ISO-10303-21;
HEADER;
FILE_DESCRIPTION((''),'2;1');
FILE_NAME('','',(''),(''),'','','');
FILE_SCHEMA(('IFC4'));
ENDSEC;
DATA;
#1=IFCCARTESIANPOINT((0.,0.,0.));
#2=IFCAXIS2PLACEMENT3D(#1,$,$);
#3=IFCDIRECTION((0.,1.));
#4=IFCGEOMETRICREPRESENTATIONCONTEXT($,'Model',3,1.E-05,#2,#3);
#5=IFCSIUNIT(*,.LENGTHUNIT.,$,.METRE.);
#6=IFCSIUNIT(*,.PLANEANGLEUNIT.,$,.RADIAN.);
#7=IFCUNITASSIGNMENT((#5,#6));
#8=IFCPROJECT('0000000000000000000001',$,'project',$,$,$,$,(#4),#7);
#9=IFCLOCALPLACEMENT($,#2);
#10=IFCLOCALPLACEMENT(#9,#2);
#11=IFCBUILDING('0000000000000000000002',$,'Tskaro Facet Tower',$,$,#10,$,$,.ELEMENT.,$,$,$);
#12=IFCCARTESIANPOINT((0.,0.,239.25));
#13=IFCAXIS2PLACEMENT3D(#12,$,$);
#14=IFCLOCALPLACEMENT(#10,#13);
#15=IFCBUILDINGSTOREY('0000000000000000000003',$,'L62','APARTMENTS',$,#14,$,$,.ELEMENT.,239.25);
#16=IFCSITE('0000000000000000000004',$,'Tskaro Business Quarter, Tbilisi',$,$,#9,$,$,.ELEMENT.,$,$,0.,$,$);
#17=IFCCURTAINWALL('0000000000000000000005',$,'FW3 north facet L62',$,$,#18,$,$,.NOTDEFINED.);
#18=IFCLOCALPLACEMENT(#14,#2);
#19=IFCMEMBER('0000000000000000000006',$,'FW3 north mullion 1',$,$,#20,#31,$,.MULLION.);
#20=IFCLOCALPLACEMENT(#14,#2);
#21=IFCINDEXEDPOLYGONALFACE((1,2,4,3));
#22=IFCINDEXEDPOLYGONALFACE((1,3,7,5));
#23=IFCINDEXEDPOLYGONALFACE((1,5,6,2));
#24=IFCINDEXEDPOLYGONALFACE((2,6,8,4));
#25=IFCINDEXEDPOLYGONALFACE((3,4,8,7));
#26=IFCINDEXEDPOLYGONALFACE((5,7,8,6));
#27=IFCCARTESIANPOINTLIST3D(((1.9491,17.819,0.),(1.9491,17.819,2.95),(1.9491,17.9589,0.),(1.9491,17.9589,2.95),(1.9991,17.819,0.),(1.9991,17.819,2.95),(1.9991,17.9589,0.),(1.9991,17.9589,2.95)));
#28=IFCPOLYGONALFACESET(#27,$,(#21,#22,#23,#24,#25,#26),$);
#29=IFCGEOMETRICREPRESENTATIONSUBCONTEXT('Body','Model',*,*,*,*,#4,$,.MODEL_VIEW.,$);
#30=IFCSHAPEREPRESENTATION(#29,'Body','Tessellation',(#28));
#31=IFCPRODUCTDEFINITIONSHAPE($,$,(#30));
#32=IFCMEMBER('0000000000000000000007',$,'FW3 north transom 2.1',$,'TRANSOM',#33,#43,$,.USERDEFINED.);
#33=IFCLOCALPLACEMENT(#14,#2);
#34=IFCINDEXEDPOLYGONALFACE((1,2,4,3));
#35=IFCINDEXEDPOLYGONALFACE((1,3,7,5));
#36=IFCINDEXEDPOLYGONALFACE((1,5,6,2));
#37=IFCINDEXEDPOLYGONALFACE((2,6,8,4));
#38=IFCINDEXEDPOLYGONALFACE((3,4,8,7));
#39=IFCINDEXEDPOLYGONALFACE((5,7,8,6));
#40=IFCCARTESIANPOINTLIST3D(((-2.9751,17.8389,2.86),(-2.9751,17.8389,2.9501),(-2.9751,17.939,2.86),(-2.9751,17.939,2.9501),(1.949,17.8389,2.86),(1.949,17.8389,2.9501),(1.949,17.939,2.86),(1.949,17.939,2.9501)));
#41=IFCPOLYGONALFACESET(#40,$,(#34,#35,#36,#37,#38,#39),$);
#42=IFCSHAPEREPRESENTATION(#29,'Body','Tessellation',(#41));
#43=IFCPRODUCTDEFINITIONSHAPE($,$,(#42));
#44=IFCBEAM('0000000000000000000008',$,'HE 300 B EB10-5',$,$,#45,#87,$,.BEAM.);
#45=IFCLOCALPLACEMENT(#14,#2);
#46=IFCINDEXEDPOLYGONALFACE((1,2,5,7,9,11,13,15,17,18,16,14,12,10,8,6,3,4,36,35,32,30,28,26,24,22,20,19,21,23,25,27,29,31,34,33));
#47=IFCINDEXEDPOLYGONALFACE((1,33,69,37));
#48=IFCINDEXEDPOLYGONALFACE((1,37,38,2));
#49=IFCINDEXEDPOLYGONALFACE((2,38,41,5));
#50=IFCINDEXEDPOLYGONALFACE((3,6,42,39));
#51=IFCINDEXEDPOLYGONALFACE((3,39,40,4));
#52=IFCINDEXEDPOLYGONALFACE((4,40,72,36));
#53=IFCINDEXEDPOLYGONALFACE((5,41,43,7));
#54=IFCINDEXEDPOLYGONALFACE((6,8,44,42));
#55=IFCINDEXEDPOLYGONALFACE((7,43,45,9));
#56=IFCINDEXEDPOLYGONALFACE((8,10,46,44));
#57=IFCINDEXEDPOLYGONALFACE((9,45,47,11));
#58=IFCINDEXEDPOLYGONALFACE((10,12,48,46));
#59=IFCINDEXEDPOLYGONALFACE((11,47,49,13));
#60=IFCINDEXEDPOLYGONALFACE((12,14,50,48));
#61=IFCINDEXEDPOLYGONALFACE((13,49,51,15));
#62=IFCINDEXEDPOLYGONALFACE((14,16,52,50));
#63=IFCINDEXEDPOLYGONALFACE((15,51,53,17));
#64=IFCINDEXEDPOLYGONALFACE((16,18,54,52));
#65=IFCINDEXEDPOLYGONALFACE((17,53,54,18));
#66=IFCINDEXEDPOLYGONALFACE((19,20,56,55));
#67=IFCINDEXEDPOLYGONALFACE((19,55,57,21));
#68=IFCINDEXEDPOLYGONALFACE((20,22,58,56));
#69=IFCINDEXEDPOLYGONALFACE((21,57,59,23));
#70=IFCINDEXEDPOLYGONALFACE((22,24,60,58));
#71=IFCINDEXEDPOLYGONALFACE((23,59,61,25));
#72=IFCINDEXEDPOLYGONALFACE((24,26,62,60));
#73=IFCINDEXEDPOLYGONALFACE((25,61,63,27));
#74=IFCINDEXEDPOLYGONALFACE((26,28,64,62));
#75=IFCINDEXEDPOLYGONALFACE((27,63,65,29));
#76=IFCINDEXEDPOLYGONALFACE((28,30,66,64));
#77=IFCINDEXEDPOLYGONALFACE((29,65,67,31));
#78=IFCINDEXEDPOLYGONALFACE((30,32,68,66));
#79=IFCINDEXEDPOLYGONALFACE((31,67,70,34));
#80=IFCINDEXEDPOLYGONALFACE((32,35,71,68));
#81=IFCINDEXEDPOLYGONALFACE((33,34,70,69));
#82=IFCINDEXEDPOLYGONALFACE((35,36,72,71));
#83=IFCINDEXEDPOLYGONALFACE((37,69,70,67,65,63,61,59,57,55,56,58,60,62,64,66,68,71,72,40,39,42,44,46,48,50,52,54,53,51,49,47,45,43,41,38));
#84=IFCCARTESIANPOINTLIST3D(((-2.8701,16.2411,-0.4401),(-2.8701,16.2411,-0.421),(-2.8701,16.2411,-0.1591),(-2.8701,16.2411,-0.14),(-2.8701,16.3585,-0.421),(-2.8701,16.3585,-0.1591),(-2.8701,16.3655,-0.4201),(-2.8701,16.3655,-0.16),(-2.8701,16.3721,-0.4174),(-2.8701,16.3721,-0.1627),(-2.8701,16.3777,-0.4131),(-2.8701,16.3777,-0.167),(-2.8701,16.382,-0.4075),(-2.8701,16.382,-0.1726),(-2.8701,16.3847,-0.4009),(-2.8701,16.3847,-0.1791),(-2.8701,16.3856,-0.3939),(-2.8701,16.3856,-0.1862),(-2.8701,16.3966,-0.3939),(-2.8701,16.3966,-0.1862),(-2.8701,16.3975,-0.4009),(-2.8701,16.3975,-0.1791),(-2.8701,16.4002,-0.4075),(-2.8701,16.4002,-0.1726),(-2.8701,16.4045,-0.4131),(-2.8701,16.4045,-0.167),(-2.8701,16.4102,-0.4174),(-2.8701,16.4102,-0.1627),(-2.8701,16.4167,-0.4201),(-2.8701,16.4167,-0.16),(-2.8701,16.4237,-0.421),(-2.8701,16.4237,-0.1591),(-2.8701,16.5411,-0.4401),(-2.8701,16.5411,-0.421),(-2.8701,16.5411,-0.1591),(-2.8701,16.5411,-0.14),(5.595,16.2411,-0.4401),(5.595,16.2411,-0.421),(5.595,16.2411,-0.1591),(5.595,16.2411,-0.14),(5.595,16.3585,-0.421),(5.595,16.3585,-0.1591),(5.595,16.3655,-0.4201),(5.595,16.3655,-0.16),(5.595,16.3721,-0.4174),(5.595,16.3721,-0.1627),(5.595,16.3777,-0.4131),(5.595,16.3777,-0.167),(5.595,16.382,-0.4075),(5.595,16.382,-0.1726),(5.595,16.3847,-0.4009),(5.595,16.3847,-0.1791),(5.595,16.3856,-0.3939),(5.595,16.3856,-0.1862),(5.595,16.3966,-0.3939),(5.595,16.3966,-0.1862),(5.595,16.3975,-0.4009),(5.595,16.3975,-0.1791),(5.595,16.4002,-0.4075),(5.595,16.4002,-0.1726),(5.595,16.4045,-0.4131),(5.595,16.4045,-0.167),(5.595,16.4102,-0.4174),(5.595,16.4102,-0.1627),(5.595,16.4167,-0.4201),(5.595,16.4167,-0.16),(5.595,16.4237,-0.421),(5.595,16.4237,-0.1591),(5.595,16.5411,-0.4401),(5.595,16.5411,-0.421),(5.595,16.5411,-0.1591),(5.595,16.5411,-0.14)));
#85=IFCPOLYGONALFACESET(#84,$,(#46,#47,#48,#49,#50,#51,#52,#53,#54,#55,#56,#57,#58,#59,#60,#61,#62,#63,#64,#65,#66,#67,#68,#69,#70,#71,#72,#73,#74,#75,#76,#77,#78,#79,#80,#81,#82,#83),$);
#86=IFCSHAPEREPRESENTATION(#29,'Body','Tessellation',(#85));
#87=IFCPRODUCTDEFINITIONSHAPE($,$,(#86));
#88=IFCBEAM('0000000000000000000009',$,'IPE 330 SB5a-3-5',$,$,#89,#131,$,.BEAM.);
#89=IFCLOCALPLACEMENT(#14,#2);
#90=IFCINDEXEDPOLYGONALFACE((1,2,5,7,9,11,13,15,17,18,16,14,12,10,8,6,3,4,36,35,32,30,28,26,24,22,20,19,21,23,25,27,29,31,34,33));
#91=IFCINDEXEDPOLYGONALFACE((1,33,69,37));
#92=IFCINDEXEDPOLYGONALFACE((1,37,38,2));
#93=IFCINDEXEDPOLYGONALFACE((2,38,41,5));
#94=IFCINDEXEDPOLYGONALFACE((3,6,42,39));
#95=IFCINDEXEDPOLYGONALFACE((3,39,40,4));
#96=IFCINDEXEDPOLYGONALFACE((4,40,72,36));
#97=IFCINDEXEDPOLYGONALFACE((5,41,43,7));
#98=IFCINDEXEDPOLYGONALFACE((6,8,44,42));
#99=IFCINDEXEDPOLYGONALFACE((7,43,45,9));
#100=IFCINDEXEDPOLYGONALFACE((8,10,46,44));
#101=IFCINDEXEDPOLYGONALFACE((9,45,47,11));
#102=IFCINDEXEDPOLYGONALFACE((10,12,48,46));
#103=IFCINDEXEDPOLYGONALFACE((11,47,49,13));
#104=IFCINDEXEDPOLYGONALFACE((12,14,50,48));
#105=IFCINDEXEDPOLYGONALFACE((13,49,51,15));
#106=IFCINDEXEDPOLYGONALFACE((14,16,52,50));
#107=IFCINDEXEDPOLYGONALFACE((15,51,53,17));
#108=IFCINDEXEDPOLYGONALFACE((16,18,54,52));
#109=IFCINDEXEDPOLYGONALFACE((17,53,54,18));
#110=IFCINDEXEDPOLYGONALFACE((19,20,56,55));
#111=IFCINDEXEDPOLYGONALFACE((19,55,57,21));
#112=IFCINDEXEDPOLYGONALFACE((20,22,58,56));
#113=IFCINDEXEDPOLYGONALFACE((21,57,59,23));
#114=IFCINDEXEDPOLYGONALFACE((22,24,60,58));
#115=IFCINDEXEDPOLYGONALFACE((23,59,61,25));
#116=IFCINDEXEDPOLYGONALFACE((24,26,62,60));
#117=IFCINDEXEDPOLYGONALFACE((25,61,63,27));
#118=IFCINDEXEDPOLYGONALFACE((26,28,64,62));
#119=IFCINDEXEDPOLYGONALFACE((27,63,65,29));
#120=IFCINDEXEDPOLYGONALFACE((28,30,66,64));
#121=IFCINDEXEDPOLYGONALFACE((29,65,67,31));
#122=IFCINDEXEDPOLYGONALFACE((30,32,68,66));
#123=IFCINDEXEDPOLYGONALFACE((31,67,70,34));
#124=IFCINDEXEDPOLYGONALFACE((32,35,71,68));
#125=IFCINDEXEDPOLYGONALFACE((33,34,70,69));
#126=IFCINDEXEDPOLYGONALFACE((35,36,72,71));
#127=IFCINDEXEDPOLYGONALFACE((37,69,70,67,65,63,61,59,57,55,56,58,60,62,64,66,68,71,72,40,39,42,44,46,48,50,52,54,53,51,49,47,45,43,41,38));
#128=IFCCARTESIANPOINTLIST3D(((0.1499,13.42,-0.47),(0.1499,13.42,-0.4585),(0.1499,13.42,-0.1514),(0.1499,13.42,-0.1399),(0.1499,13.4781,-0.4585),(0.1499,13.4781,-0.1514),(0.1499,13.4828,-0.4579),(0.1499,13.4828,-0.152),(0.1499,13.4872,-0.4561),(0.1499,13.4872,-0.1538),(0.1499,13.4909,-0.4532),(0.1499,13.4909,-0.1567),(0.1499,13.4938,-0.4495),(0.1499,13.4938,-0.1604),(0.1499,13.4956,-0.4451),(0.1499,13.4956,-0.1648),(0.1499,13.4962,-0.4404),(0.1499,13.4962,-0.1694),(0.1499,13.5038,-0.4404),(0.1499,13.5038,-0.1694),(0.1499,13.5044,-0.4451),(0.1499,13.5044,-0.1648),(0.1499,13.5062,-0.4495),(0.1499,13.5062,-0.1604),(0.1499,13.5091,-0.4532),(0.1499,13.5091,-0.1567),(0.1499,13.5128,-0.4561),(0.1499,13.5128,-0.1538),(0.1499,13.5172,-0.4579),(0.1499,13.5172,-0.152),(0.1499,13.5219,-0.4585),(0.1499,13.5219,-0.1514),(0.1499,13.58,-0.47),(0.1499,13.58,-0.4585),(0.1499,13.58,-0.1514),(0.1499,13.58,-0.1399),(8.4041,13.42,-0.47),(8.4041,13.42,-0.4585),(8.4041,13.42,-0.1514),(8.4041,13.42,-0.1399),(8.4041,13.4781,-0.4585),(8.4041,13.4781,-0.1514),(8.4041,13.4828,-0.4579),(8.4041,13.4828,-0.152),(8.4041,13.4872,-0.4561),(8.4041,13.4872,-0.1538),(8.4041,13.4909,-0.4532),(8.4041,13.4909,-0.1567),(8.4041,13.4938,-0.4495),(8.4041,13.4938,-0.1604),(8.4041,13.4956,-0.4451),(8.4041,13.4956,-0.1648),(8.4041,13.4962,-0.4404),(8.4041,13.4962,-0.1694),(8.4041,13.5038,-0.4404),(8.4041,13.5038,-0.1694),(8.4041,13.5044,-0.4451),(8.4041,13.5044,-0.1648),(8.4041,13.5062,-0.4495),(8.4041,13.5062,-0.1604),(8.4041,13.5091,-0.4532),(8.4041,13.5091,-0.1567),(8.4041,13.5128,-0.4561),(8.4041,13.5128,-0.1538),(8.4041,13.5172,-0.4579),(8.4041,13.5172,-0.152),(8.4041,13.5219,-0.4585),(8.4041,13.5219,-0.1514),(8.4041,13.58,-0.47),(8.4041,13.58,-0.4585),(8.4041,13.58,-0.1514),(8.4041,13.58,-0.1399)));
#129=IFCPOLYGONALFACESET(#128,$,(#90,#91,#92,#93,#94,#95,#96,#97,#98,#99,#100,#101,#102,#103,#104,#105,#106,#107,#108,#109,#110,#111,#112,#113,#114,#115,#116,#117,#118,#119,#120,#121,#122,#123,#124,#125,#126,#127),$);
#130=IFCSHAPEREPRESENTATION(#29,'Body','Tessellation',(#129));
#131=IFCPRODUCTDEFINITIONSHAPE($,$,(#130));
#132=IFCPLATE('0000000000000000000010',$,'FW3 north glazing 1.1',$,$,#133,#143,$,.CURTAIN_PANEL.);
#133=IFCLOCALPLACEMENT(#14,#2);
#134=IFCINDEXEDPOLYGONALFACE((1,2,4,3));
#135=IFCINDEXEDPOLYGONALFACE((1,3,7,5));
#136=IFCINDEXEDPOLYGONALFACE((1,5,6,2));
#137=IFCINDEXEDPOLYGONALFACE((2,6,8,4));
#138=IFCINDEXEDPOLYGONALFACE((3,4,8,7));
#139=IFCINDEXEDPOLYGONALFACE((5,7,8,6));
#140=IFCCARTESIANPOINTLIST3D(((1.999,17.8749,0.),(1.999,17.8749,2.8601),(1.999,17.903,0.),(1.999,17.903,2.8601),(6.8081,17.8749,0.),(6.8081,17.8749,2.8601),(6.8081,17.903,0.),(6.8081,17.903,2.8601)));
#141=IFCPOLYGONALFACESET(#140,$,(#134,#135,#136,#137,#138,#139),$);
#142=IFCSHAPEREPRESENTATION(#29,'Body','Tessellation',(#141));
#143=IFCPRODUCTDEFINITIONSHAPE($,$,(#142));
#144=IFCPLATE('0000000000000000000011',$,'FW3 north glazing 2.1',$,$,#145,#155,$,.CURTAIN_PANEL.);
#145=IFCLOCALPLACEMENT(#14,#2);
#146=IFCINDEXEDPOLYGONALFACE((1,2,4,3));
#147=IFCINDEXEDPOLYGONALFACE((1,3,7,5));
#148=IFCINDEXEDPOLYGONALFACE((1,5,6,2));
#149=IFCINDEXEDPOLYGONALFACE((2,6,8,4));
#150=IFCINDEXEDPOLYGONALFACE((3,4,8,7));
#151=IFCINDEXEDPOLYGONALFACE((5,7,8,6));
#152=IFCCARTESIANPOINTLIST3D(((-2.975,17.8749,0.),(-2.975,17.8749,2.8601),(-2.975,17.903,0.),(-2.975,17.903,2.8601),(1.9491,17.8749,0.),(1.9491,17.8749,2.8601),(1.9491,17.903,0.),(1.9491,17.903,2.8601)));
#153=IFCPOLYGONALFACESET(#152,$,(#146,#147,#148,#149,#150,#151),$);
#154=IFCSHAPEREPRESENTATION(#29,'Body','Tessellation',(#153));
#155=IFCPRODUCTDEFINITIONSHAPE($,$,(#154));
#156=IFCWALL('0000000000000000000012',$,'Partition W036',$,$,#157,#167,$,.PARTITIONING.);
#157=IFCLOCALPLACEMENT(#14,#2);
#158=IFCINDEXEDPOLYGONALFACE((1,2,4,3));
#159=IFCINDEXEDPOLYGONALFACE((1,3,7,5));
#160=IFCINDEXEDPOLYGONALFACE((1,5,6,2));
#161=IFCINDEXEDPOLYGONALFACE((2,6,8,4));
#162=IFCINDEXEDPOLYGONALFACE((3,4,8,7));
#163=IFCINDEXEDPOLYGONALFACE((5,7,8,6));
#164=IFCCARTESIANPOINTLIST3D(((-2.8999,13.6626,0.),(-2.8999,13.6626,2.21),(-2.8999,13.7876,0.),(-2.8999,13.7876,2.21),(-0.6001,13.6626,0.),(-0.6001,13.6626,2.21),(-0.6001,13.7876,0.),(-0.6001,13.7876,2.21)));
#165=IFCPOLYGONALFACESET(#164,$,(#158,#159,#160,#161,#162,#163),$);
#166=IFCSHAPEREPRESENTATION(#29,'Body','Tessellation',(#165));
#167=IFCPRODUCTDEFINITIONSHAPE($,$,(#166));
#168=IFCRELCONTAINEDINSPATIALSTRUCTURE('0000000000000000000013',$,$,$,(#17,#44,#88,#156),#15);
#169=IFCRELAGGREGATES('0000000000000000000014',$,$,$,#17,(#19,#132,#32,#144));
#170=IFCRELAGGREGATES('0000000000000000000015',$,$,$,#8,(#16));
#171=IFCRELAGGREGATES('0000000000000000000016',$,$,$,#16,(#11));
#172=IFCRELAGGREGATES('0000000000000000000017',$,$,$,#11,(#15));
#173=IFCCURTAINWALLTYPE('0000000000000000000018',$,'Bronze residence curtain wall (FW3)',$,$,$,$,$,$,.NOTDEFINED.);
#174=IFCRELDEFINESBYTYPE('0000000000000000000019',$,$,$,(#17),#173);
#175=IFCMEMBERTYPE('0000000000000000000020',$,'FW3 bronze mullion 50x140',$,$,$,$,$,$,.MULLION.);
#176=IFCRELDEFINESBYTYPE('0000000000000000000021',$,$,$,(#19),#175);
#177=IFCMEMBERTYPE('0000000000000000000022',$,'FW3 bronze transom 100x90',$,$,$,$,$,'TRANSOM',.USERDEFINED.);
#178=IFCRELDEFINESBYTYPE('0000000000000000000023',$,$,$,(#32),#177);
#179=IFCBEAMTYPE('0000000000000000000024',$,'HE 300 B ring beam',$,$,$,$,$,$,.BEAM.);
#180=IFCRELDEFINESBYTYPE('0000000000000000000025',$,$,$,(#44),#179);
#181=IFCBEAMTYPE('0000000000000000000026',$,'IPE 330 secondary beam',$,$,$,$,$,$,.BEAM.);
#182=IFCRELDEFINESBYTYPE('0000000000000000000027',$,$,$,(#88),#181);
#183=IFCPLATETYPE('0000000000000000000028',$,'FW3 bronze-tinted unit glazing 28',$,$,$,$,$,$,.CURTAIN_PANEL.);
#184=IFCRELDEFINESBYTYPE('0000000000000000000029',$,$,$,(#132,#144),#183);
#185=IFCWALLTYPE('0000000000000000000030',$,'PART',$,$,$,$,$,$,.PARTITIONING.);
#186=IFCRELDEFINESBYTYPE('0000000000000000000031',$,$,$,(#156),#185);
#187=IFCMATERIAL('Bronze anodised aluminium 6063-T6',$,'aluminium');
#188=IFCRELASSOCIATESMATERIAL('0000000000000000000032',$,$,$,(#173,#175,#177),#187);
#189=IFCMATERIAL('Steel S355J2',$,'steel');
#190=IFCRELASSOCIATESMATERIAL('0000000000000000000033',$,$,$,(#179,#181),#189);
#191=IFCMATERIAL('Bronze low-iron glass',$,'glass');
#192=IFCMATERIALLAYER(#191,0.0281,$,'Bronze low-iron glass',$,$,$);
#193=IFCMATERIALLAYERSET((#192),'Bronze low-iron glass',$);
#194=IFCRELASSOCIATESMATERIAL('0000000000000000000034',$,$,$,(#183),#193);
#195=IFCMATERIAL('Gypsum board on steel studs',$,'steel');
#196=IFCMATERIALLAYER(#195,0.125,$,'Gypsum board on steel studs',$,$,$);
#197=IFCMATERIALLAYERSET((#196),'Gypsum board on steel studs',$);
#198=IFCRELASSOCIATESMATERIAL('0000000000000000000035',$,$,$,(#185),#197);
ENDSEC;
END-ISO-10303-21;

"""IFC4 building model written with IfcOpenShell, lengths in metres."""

from ifc_helpers import new_model, si_unit, direction, frame, frame_2d, origin, origin_2d, place, context, subcontext, project, spatial, rectangle, i_section, extrude, material, layer, layer_set, material_profile, profile_set, type_object, element, aggregate, save


model = new_model("IFC4")

# Units and contexts
model_context = context("Model", 3, precision=1e-05, world=origin(), true_north=direction((0.0, 1.0)))
body_context = subcontext(model_context, "Body", "Model", "MODEL_VIEW")
ifc_project = project(units=[si_unit("LENGTHUNIT", "METRE"), si_unit("PLANEANGLEUNIT", "RADIAN")], contexts=[model_context])

# Site, building, storey
site_placement = place(None, origin())
site = spatial("IfcSite", under=ifc_project, at=site_placement, Name="Tskaro Business Quarter, Tbilisi", CompositionType="ELEMENT", RefElevation=0.0)
building_placement = place(site_placement, origin())
building = spatial("IfcBuilding", under=site, at=building_placement, Name="Tskaro Facet Tower", CompositionType="ELEMENT")
storey_placement = place(building_placement, frame((0.0, 0.0, 239.25)))
storey = spatial("IfcBuildingStorey", under=building, at=storey_placement, Name="L62", Description="APARTMENTS", CompositionType="ELEMENT", Elevation=239.25)

# Curtain wall, members
ifc_material_1 = material(Name="Bronze anodised aluminium 6063-T6", Category="aluminium")
curtain_wall_type = type_object("IfcCurtainWallType", Name="Bronze residence curtain wall (FW3)", PredefinedType="NOTDEFINED", material=ifc_material_1)
curtain_wall_placement = place(storey_placement, origin())
curtain_wall = element("IfcCurtainWall", 1, at=curtain_wall_placement, inside=storey, type_object=curtain_wall_type, Name="FW3 north facet L62", PredefinedType="NOTDEFINED")
ifc_material_profile_1 = material_profile(ifc_material_1, rectangle(XDim=0.05, YDim=0.1399, at=origin_2d()), Name="Mullion 50x140")
ifc_profile_set_1 = profile_set([ifc_material_profile_1], Name="Bronze anodised aluminium 6063-T6")
member_type_1 = type_object("IfcMemberType", Name="FW3 bronze mullion 50x140", PredefinedType="MULLION", material=ifc_profile_set_1)
member_1_placement = place(storey_placement, frame((1.9741, 17.8889, 0.0), z_axis=(0.0, 0.0, 1.0), x_axis=(-1.0, 0.0, 0.0)))
member_1 = element("IfcMember", 2, at=member_1_placement, type_object=member_type_1, Name="FW3 north mullion 1", PredefinedType="MULLION", context=body_context, shape_type="SweptSolid", body=[
    extrude(rectangle(XDim=0.05, YDim=0.1399, at=origin_2d()), origin(), (0.0, 0.0, 1.0), 2.95),
])
ifc_material_profile_2 = material_profile(ifc_material_1, rectangle(XDim=0.1001, YDim=0.0901, at=origin_2d()), Name="Transom 100x90")
ifc_profile_set_2 = profile_set([ifc_material_profile_2], Name="Bronze anodised aluminium 6063-T6")
member_type_2 = type_object("IfcMemberType", Name="FW3 bronze transom 100x90", ElementType="TRANSOM", PredefinedType="USERDEFINED", material=ifc_profile_set_2)
member_2_placement = place(storey_placement, frame((1.949, 17.8889, 2.905), z_axis=(-1.0, 0.0, 0.0), x_axis=(0.0, -1.0, 0.0)))
member_2 = element("IfcMember", 3, at=member_2_placement, type_object=member_type_2, Name="FW3 north transom 2.1", ObjectType="TRANSOM", PredefinedType="USERDEFINED", context=body_context, shape_type="SweptSolid", body=[
    extrude(rectangle(XDim=0.1001, YDim=0.0901, at=origin_2d()), origin(), (0.0, 0.0, 1.0), 4.9241),
])

# Beams
ifc_material_2 = material(Name="Steel S355J2", Category="steel")
ifc_material_profile_3 = material_profile(ifc_material_2, i_section(OverallWidth=0.3, OverallDepth=0.3, WebThickness=0.011, FlangeThickness=0.019, FilletRadius=0.0271, at=origin_2d()), Name="HE 300 B")
ifc_profile_set_3 = profile_set([ifc_material_profile_3], Name="Steel S355J2")
beam_type_1 = type_object("IfcBeamType", Name="HE 300 B ring beam", PredefinedType="BEAM", material=ifc_profile_set_3)
beam_1_placement = place(storey_placement, frame((5.595, 16.3911, -0.29), z_axis=(-1.0, 0.0, 0.0), x_axis=(0.0, -1.0, 0.0)))
element("IfcBeam", 4, at=beam_1_placement, inside=storey, type_object=beam_type_1, Name="HE 300 B EB10-5", PredefinedType="BEAM", context=body_context, shape_type="SweptSolid", body=[
    extrude(i_section(OverallWidth=0.3, OverallDepth=0.3, WebThickness=0.011, FlangeThickness=0.019, FilletRadius=0.0271, at=origin_2d()), origin(), (0.0, 0.0, 1.0), 8.4651),
])
ifc_material_profile_4 = material_profile(ifc_material_2, i_section(OverallWidth=0.1599, OverallDepth=0.3301, WebThickness=0.0076, FlangeThickness=0.0115, FilletRadius=0.0181, at=origin_2d()), Name="IPE 330")
ifc_profile_set_4 = profile_set([ifc_material_profile_4], Name="Steel S355J2")
beam_type_2 = type_object("IfcBeamType", Name="IPE 330 secondary beam", PredefinedType="BEAM", material=ifc_profile_set_4)
beam_2_placement = place(storey_placement, frame((0.1499, 13.5, -0.3049), z_axis=(1.0, 0.0, 0.0), x_axis=(0.0, 1.0, 0.0)))
element("IfcBeam", 5, at=beam_2_placement, inside=storey, type_object=beam_type_2, Name="IPE 330 SB5a-3-5", PredefinedType="BEAM", context=body_context, shape_type="SweptSolid", body=[
    extrude(i_section(OverallWidth=0.1599, OverallDepth=0.3301, WebThickness=0.0076, FlangeThickness=0.0115, FilletRadius=0.0181, at=origin_2d()), origin(), (0.0, 0.0, 1.0), 8.2542),
])

# Plates
ifc_material_3 = material(Name="Bronze low-iron glass", Category="glass")
ifc_layer_1 = layer(ifc_material_3, 0.0281, Name="Bronze low-iron glass")
ifc_layer_set_1 = layer_set([ifc_layer_1], Name="Bronze low-iron glass")
plate_type = type_object("IfcPlateType", Name="FW3 bronze-tinted unit glazing 28", PredefinedType="CURTAIN_PANEL", material=ifc_layer_set_1)
plate_1_placement = place(storey_placement, frame((4.4036, 17.8889, 0.0), z_axis=(0.0, 0.0, 1.0), x_axis=(-1.0, 0.0, 0.0)))
plate_1 = element("IfcPlate", 6, at=plate_1_placement, type_object=plate_type, Name="FW3 north glazing 1.1", PredefinedType="CURTAIN_PANEL", context=body_context, shape_type="SweptSolid", body=[
    extrude(rectangle(XDim=4.8091, YDim=0.0281, at=origin_2d()), origin(), (0.0, 0.0, 1.0), 2.8601),
])
plate_2_placement = place(storey_placement, frame((-0.5129, 17.8889, 0.0), z_axis=(0.0, 0.0, 1.0), x_axis=(-1.0, 0.0, 0.0)))
plate_2 = element("IfcPlate", 7, at=plate_2_placement, type_object=plate_type, Name="FW3 north glazing 2.1", PredefinedType="CURTAIN_PANEL", context=body_context, shape_type="SweptSolid", body=[
    extrude(rectangle(XDim=4.9241, YDim=0.0281, at=origin_2d()), origin(), (0.0, 0.0, 1.0), 2.8601),
])
aggregate(curtain_wall, [member_1, plate_1, member_2, plate_2])

# Wall
ifc_material_4 = material(Name="Gypsum board on steel studs", Category="steel")
ifc_layer_2 = layer(ifc_material_4, 0.125, Name="Gypsum board on steel studs")
ifc_layer_set_2 = layer_set([ifc_layer_2], Name="Gypsum board on steel studs")
wall_type_1 = type_object("IfcWallType", Name="PART", PredefinedType="PARTITIONING", material=ifc_layer_set_2)
wall_1_placement = place(storey_placement, frame((-2.8999, 13.7251, 0.0), z_axis=(0.0, 0.0, 1.0), x_axis=(1.0, 0.0, 0.0)))
element("IfcWall", 8, at=wall_1_placement, inside=storey, type_object=wall_type_1, Name="Partition W036", PredefinedType="PARTITIONING", context=body_context, shape_type="SweptSolid", body=[
    extrude(rectangle(XDim=2.2998, YDim=0.125, at=frame_2d((1.1499, 0.0))), origin(), (0.0, 0.0, 1.0), 2.21),
])

save(model, "model.ifc")
